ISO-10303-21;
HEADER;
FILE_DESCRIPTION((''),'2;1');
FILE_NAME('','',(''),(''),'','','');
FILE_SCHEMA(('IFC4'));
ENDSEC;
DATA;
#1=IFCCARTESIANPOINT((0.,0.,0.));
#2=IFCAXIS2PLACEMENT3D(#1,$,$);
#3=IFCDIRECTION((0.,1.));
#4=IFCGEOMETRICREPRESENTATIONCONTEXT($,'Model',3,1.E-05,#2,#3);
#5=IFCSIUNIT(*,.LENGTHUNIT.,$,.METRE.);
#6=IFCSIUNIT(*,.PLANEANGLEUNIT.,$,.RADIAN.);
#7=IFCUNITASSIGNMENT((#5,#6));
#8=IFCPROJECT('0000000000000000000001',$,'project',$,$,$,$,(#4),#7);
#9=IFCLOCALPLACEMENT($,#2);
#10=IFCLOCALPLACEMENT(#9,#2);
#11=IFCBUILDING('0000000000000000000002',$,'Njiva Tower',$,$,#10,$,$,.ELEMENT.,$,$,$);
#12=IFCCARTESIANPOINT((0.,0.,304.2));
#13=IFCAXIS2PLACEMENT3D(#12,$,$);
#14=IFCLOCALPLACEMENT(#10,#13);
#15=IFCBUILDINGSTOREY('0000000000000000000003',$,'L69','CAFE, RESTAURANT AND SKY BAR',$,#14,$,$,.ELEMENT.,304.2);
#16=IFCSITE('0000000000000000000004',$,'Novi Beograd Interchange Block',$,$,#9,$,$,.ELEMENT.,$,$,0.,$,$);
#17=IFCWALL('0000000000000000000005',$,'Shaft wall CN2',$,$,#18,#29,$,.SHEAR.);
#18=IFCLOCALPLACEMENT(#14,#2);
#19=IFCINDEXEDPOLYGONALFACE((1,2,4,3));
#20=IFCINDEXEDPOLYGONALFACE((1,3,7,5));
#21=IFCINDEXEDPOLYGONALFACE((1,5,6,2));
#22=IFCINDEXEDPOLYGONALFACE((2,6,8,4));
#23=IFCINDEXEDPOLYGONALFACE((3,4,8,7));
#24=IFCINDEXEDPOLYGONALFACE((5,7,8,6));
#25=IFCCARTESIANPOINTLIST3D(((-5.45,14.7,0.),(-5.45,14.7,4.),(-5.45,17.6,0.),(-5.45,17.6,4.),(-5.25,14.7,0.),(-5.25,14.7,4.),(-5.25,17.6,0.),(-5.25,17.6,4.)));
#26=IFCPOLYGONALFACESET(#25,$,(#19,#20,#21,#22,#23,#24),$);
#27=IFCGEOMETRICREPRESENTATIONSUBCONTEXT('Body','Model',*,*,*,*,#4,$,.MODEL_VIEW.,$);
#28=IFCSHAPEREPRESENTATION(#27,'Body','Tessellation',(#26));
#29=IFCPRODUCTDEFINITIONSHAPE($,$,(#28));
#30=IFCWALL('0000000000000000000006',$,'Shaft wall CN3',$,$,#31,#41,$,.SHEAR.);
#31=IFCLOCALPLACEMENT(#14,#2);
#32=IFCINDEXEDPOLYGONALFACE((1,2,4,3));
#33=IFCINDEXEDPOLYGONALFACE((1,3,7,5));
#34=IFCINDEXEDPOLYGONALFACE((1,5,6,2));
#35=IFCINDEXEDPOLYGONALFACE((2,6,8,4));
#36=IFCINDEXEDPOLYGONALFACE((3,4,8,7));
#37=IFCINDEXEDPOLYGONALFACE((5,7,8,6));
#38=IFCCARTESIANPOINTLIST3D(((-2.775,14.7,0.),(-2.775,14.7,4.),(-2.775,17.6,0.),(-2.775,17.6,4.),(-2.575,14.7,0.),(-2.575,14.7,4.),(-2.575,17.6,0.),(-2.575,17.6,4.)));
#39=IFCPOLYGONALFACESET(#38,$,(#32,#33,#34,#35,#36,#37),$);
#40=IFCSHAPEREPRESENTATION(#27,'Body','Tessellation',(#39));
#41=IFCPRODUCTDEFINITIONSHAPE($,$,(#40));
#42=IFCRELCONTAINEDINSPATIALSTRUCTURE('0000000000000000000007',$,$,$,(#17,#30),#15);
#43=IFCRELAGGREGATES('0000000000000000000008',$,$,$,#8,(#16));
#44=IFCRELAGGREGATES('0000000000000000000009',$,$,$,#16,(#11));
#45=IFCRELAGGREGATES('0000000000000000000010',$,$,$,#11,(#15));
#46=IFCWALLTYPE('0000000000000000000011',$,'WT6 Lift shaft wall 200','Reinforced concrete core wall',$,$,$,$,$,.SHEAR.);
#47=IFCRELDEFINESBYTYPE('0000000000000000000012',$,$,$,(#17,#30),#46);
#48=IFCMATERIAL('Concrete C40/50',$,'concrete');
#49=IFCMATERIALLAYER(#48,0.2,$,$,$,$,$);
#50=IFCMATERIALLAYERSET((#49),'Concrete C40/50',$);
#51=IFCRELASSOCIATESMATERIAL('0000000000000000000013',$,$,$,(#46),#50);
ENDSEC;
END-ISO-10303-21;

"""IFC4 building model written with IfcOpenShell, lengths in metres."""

from ifc_helpers import new_model, si_unit, direction, frame, frame_2d, origin, place, context, subcontext, project, spatial, rectangle, extrude, material, layer, layer_set, type_object, element, save


model = new_model("IFC4")

# Units and contexts
model_context = context("Model", 3, precision=1e-05, world=origin(), true_north=direction((0.0, 1.0)))
body_context = subcontext(model_context, "Body", "Model", "MODEL_VIEW")
ifc_project = project(units=[si_unit("LENGTHUNIT", "METRE"), si_unit("PLANEANGLEUNIT", "RADIAN")], contexts=[model_context])

# Site, building, storey
site_placement = place(None, origin())
site = spatial("IfcSite", under=ifc_project, at=site_placement, Name="Novi Beograd Interchange Block", CompositionType="ELEMENT", RefElevation=0.0)
building_placement = place(site_placement, origin())
building = spatial("IfcBuilding", under=site, at=building_placement, Name="Njiva Tower", CompositionType="ELEMENT")
storey_placement = place(building_placement, frame((0.0, 0.0, 304.2)))
storey = spatial("IfcBuildingStorey", under=building, at=storey_placement, Name="L69", Description="CAFE, RESTAURANT AND SKY BAR", CompositionType="ELEMENT", Elevation=304.2)

# Walls
ifc_material_1 = material(Name="Concrete C40/50", Category="concrete")
ifc_layer_1 = layer(ifc_material_1, 0.2)
ifc_layer_set_1 = layer_set([ifc_layer_1], Name="Concrete C40/50")
wall_type_1 = type_object("IfcWallType", Name="WT6 Lift shaft wall 200", Description="Reinforced concrete core wall", PredefinedType="SHEAR", material=ifc_layer_set_1)
for number, where, z_axis, x_axis, name in (
    (1, (-5.35, 14.7, 0.0), (0.0, 0.0, 1.0), (0.0, 1.0, 0.0), "Shaft wall CN2"),
    (2, (-2.675, 14.7, 0.0), (0.0, 0.0, 1.0), (0.0, 1.0, 0.0), "Shaft wall CN3"),
):
    element("IfcWall", number, at=place(storey_placement, frame(where, z_axis=z_axis, x_axis=x_axis)), inside=storey, type_object=wall_type_1, Name=name, PredefinedType="SHEAR", context=body_context, shape_type="SweptSolid", body=[
        extrude(rectangle(XDim=2.9, YDim=0.2, at=frame_2d((1.45, 0.0))), origin(), (0.0, 0.0, 1.0), 4.0),
    ])

save(model, "model.ifc")
